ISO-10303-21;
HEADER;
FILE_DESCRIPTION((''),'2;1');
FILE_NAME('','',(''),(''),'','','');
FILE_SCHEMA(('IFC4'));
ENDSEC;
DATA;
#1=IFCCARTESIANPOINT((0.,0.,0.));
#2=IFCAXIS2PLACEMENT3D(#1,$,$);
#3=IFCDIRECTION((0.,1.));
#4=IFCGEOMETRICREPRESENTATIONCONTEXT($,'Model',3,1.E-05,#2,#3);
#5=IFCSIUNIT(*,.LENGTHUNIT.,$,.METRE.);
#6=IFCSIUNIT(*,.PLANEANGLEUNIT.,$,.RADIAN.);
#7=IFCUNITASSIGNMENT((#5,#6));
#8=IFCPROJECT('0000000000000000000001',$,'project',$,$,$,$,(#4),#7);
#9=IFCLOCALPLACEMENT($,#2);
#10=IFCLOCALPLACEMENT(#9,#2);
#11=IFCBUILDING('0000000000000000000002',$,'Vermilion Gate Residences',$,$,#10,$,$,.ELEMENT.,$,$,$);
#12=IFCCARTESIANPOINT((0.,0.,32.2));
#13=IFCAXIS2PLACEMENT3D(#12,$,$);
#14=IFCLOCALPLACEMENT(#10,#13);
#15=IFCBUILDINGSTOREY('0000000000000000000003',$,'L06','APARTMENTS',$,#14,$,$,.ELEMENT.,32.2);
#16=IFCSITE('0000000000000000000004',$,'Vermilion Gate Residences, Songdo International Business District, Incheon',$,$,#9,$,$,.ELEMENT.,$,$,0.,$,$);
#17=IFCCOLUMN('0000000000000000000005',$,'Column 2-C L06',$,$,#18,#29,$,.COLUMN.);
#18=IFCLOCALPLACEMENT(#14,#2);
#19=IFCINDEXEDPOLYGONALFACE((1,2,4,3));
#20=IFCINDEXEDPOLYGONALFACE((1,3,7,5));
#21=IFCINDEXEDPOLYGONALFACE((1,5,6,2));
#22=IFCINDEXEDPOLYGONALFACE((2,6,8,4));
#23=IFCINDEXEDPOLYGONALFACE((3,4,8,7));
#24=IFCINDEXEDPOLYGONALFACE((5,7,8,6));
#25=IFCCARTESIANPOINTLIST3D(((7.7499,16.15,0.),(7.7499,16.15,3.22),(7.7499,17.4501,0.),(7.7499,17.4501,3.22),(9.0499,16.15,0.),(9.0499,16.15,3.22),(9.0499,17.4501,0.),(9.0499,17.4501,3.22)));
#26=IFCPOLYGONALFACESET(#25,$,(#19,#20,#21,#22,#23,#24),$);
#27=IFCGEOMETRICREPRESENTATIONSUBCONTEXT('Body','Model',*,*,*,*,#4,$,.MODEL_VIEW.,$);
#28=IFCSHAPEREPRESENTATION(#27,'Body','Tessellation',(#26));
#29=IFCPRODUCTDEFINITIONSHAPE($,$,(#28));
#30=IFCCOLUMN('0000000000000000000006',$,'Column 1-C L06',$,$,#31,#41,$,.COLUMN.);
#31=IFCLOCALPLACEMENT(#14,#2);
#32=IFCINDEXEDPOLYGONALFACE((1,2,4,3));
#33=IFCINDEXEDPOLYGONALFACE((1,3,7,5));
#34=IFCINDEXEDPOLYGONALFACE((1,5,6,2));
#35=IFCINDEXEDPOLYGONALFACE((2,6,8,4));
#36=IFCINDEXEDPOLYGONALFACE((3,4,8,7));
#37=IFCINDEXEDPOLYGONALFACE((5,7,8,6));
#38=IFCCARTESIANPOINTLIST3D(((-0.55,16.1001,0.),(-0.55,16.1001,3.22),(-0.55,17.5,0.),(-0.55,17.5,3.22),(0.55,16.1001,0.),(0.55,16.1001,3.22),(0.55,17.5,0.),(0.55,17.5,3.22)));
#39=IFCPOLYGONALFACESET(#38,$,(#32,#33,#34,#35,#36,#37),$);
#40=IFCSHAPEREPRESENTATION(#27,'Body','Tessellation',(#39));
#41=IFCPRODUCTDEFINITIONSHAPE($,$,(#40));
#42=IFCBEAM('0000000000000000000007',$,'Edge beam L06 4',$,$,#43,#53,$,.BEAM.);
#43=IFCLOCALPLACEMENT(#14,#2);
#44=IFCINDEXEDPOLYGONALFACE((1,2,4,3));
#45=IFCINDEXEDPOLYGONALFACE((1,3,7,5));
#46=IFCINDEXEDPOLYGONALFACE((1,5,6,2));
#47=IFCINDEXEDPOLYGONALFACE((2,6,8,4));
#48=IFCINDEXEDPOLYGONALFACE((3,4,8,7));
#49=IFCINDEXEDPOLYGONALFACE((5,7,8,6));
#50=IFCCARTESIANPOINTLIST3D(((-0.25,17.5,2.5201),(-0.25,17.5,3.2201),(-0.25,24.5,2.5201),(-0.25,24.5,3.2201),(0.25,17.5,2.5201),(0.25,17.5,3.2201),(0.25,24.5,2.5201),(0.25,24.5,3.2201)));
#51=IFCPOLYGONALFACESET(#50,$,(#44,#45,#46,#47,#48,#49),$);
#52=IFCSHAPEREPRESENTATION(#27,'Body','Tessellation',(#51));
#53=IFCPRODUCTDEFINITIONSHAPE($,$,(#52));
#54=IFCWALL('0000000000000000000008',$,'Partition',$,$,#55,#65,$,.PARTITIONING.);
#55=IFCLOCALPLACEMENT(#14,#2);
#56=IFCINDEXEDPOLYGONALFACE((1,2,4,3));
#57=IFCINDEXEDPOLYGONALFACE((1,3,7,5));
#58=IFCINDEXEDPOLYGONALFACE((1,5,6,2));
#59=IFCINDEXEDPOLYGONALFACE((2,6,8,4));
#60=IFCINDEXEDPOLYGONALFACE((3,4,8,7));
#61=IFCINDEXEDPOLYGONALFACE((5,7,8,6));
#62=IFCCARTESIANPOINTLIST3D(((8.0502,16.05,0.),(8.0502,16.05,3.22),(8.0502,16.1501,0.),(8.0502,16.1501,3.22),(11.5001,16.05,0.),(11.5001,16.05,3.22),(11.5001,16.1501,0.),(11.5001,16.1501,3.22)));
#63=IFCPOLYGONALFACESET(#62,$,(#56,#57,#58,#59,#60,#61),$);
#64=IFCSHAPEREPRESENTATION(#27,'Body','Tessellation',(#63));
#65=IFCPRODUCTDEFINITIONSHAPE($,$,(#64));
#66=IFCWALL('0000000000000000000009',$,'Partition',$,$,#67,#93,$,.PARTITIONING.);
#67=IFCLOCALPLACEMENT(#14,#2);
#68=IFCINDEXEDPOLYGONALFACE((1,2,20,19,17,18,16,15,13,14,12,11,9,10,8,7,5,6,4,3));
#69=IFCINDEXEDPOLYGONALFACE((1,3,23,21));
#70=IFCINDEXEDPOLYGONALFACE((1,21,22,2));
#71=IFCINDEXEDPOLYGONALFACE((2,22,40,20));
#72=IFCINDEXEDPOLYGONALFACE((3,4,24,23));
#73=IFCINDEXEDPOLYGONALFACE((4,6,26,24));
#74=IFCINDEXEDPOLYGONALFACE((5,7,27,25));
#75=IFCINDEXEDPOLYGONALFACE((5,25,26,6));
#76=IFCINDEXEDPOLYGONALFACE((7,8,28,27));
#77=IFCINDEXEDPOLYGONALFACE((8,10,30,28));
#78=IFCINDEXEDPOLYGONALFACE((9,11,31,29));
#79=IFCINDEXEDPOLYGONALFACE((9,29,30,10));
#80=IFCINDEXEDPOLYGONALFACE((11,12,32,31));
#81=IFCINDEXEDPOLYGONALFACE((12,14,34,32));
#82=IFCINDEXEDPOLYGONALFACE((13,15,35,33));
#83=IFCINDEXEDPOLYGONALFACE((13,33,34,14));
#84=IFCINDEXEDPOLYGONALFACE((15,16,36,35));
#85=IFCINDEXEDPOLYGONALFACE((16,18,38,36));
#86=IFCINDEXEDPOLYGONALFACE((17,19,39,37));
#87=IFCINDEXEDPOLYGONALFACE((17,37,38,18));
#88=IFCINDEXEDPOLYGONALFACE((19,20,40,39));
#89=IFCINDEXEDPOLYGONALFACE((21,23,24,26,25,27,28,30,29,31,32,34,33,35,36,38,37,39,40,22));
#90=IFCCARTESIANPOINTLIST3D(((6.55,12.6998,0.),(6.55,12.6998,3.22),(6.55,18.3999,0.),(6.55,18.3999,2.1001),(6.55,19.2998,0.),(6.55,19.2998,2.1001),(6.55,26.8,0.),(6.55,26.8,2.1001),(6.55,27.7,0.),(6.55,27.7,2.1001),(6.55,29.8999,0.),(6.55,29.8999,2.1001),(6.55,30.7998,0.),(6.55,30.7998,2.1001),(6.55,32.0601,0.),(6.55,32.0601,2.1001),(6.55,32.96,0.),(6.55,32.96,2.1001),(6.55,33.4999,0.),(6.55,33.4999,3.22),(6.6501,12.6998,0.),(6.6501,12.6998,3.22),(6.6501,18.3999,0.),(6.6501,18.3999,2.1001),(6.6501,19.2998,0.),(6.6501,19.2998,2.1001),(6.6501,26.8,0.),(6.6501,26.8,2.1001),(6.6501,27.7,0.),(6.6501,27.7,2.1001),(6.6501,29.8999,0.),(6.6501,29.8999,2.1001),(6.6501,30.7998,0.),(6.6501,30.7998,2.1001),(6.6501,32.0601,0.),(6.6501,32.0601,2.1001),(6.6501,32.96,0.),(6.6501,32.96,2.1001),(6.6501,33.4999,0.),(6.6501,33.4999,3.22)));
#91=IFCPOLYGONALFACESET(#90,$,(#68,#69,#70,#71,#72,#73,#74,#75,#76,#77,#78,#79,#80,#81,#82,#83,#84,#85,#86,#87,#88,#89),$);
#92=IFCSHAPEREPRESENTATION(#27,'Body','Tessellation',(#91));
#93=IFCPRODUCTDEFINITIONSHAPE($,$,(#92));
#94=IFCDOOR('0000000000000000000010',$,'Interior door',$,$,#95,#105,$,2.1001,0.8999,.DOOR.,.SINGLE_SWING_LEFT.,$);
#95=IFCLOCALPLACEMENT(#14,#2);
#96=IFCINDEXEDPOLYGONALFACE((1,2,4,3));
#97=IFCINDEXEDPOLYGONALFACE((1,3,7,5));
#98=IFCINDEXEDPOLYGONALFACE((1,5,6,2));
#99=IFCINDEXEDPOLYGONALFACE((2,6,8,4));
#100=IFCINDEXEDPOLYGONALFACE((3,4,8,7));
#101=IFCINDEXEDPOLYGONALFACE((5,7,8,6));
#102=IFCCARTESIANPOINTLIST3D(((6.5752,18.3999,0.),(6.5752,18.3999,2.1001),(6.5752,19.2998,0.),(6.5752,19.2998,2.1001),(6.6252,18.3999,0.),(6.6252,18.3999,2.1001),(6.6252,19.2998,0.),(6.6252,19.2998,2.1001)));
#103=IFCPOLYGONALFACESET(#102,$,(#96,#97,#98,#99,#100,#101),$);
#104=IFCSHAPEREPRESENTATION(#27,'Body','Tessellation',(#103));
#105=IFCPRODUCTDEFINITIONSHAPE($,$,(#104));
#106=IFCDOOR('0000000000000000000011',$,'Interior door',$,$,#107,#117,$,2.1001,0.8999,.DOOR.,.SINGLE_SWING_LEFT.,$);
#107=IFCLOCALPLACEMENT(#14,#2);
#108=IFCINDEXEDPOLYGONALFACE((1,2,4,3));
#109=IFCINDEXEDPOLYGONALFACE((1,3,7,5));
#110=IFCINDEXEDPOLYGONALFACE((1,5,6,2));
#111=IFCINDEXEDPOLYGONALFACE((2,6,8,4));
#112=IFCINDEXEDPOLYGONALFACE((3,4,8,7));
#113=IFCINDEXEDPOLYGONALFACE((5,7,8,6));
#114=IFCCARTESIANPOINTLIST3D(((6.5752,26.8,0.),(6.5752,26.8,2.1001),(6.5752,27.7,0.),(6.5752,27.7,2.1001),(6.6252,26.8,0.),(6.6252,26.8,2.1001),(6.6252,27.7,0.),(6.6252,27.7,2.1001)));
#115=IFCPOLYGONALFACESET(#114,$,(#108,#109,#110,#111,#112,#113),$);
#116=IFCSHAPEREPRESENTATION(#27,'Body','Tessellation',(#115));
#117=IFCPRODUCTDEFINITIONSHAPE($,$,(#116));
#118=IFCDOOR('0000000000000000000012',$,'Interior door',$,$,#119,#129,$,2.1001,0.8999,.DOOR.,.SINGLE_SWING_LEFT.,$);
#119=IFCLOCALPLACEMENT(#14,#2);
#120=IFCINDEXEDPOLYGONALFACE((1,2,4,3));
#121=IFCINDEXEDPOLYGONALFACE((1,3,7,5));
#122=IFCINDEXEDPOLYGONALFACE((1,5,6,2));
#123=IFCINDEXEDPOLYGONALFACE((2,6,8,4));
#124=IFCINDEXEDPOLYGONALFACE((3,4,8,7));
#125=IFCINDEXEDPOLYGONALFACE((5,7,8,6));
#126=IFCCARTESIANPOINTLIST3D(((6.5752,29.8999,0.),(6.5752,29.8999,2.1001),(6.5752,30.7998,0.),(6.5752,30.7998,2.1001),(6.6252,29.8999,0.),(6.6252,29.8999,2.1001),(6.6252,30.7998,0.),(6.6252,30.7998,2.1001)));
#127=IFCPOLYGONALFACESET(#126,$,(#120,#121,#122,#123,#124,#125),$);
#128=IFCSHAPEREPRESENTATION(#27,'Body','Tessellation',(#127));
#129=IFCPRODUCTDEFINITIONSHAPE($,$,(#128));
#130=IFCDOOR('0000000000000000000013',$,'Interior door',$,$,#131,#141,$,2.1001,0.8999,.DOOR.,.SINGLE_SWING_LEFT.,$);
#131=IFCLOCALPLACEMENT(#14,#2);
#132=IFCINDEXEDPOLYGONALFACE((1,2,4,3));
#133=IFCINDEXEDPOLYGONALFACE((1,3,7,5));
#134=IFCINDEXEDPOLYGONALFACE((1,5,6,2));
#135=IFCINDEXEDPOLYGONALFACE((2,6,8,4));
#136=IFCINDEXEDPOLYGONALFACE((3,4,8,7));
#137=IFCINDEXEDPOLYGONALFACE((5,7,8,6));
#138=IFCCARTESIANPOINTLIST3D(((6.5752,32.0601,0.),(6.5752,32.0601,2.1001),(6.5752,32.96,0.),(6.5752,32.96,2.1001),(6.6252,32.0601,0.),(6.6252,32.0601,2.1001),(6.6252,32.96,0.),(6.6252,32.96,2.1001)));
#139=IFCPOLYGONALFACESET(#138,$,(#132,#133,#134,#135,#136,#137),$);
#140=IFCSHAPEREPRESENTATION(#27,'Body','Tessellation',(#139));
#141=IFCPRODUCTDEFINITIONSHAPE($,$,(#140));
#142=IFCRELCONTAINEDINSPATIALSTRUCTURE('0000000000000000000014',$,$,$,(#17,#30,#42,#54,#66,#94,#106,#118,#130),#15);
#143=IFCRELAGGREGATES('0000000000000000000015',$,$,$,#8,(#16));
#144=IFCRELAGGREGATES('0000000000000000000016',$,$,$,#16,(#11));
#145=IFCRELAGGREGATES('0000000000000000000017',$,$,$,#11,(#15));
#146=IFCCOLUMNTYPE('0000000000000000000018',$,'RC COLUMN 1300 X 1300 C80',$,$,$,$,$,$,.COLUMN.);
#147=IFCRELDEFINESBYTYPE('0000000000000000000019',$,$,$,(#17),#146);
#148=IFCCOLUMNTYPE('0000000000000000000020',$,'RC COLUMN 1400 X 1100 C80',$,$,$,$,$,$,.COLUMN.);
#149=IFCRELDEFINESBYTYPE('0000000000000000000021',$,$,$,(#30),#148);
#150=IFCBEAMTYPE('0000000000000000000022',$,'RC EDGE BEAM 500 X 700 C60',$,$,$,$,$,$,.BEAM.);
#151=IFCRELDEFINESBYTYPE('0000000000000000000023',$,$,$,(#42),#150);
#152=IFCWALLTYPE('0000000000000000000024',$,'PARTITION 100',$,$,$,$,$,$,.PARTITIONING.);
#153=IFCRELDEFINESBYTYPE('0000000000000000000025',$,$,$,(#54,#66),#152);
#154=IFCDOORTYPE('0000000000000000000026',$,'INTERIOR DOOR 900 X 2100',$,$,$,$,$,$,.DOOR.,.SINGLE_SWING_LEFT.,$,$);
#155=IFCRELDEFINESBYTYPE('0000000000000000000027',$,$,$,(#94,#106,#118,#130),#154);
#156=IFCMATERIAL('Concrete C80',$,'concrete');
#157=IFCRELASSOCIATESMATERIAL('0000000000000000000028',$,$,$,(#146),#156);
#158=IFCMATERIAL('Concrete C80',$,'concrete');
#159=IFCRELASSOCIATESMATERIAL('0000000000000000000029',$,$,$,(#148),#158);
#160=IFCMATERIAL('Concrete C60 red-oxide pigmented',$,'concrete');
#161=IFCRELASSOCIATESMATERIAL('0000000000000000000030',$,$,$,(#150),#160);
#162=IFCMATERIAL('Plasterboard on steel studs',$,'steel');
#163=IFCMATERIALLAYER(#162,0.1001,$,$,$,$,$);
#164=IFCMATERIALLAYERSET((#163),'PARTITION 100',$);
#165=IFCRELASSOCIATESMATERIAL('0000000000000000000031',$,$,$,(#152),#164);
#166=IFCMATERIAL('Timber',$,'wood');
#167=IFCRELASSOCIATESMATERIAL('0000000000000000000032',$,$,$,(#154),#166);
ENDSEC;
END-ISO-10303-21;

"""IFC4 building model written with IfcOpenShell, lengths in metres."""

from ifc_helpers import new_model, si_unit, direction, frame, frame_2d, origin, origin_2d, place, context, subcontext, project, spatial, rectangle, extrude, material, layer, layer_set, material_profile, profile_set, type_object, element, fill, save


model = new_model("IFC4")

# Units and contexts
model_context = context("Model", 3, precision=1e-05, world=origin(), true_north=direction((0.0, 1.0)))
body_context = subcontext(model_context, "Body", "Model", "MODEL_VIEW")
ifc_project = project(units=[si_unit("LENGTHUNIT", "METRE"), si_unit("PLANEANGLEUNIT", "RADIAN")], contexts=[model_context])

# Site, building, storey
site_placement = place(None, origin())
site = spatial("IfcSite", under=ifc_project, at=site_placement, Name="Vermilion Gate Residences, Songdo International Business District, Incheon", CompositionType="ELEMENT", RefElevation=0.0)
building_placement = place(site_placement, origin())
building = spatial("IfcBuilding", under=site, at=building_placement, Name="Vermilion Gate Residences", CompositionType="ELEMENT")
storey_placement = place(building_placement, frame((0.0, 0.0, 32.2)))
storey = spatial("IfcBuildingStorey", under=building, at=storey_placement, Name="L06", Description="APARTMENTS", CompositionType="ELEMENT", Elevation=32.2)

# Columns
ifc_material_1 = material(Name="Concrete C80", Category="concrete")
ifc_material_profile_1 = material_profile(ifc_material_1, rectangle(XDim=1.3, YDim=1.3, at=origin_2d()), Name="RC-1300x1300")
ifc_profile_set_1 = profile_set([ifc_material_profile_1], Name="Concrete C80")
column_type_1 = type_object("IfcColumnType", Name="RC COLUMN 1300 X 1300 C80", PredefinedType="COLUMN", material=ifc_profile_set_1)
column_1_placement = place(storey_placement, frame((8.3999, 16.8, 0.0), z_axis=(0.0, 0.0, 1.0), x_axis=(1.0, 0.0, 0.0)))
element("IfcColumn", 1, at=column_1_placement, inside=storey, type_object=column_type_1, Name="Column 2-C L06", PredefinedType="COLUMN", context=body_context, shape_type="SweptSolid", body=[
    extrude(rectangle(XDim=1.3, YDim=1.3, at=origin_2d()), origin(), (0.0, 0.0, 1.0), 3.22),
])
ifc_material_2 = material(Name="Concrete C80", Category="concrete")
ifc_material_profile_2 = material_profile(ifc_material_2, rectangle(XDim=1.3999, YDim=1.1001, at=origin_2d()), Name="RC-1400x1100")
ifc_profile_set_2 = profile_set([ifc_material_profile_2], Name="Concrete C80")
column_type_2 = type_object("IfcColumnType", Name="RC COLUMN 1400 X 1100 C80", PredefinedType="COLUMN", material=ifc_profile_set_2)
column_2_placement = place(storey_placement, frame((0.0, 16.8, 0.0), z_axis=(0.0, 0.0, 1.0), x_axis=(0.0, 1.0, 0.0)))
element("IfcColumn", 2, at=column_2_placement, inside=storey, type_object=column_type_2, Name="Column 1-C L06", PredefinedType="COLUMN", context=body_context, shape_type="SweptSolid", body=[
    extrude(rectangle(XDim=1.3999, YDim=1.1001, at=origin_2d()), origin(), (0.0, 0.0, 1.0), 3.22),
])

# Beam
ifc_material_3 = material(Name="Concrete C60 red-oxide pigmented", Category="concrete")
ifc_material_profile_3 = material_profile(ifc_material_3, rectangle(XDim=0.5, YDim=0.7, at=origin_2d()), Name="RC-500x700")
ifc_profile_set_3 = profile_set([ifc_material_profile_3], Name="Concrete C60 red-oxide pigmented")
beam_type = type_object("IfcBeamType", Name="RC EDGE BEAM 500 X 700 C60", PredefinedType="BEAM", material=ifc_profile_set_3)
beam_placement = place(storey_placement, frame((0.0, 17.5, 2.8701), z_axis=(0.0, 1.0, 0.0), x_axis=(-1.0, 0.0, 0.0)))
element("IfcBeam", 3, at=beam_placement, inside=storey, type_object=beam_type, Name="Edge beam L06 4", PredefinedType="BEAM", context=body_context, shape_type="SweptSolid", body=[
    extrude(rectangle(XDim=0.5, YDim=0.7, at=origin_2d()), origin(), (0.0, 0.0, 1.0), 7.0),
])

# Wall
ifc_material_4 = material(Name="Plasterboard on steel studs", Category="steel")
ifc_layer_1 = layer(ifc_material_4, 0.1001)
ifc_layer_set_1 = layer_set([ifc_layer_1], Name="PARTITION 100")
wall_type_1 = type_object("IfcWallType", Name="PARTITION 100", PredefinedType="PARTITIONING", material=ifc_layer_set_1)
wall_1_placement = place(storey_placement, frame((8.05, 16.1001, 0.0), z_axis=(0.0, 0.0, 1.0), x_axis=(1.0, 0.0, 0.0)))
element("IfcWall", 4, at=wall_1_placement, inside=storey, type_object=wall_type_1, Name="Partition", PredefinedType="PARTITIONING", context=body_context, shape_type="SweptSolid", body=[
    extrude(rectangle(XDim=3.45, YDim=0.1001, at=frame_2d((1.7251, 0.0))), origin(), (0.0, 0.0, 1.0), 3.22),
])

# Wall, openings, doors
wall_2_placement = place(storey_placement, frame((6.6001, 12.7, 0.0), z_axis=(0.0, 0.0, 1.0), x_axis=(0.0, 1.0, 0.0)))
wall_2 = element("IfcWall", 5, at=wall_2_placement, inside=storey, type_object=wall_type_1, Name="Partition", PredefinedType="PARTITIONING", context=body_context, shape_type="SweptSolid", body=[
    extrude(rectangle(XDim=20.8, YDim=0.1001, at=frame_2d((10.3999, 0.0))), origin(), (0.0, 0.0, 1.0), 3.22),
])
opening_1_placement = place(wall_2_placement, frame((5.7, 0.0, 0.0)))
opening_1 = element("IfcOpeningElement", 6, at=opening_1_placement, cuts=wall_2, PredefinedType="OPENING", context=body_context, shape_type="SweptSolid", body=[
    extrude(rectangle(XDim=0.8999, YDim=2.1001, at=frame_2d((0.45, 1.05))), frame((0.0, 0.0601, 0.0), z_axis=(0.0, -1.0, 0.0), x_axis=(1.0, 0.0, 0.0)), (0.0, 0.0, 1.0), 0.1201),
])
opening_2_placement = place(wall_2_placement, frame((14.1001, 0.0, 0.0)))
opening_2 = element("IfcOpeningElement", 7, at=opening_2_placement, cuts=wall_2, PredefinedType="OPENING", context=body_context, shape_type="SweptSolid", body=[
    extrude(rectangle(XDim=0.8999, YDim=2.1001, at=frame_2d((0.45, 1.05))), frame((0.0, 0.0601, 0.0), z_axis=(0.0, -1.0, 0.0), x_axis=(1.0, 0.0, 0.0)), (0.0, 0.0, 1.0), 0.1201),
])
opening_3_placement = place(wall_2_placement, frame((17.2, 0.0, 0.0)))
opening_3 = element("IfcOpeningElement", 8, at=opening_3_placement, cuts=wall_2, PredefinedType="OPENING", context=body_context, shape_type="SweptSolid", body=[
    extrude(rectangle(XDim=0.8999, YDim=2.1001, at=frame_2d((0.45, 1.05))), frame((0.0, 0.0601, 0.0), z_axis=(0.0, -1.0, 0.0), x_axis=(1.0, 0.0, 0.0)), (0.0, 0.0, 1.0), 0.1201),
])
opening_4_placement = place(wall_2_placement, frame((19.3601, 0.0, 0.0)))
opening_4 = element("IfcOpeningElement", 9, at=opening_4_placement, cuts=wall_2, PredefinedType="OPENING", context=body_context, shape_type="SweptSolid", body=[
    extrude(rectangle(XDim=0.8999, YDim=2.1001, at=frame_2d((0.45, 1.05))), frame((0.0, 0.0601, 0.0), z_axis=(0.0, -1.0, 0.0), x_axis=(1.0, 0.0, 0.0)), (0.0, 0.0, 1.0), 0.1201),
])
ifc_material_5 = material(Name="Timber", Category="wood")
door_type = type_object("IfcDoorType", Name="INTERIOR DOOR 900 X 2100", OperationType="SINGLE_SWING_LEFT", PredefinedType="DOOR", material=ifc_material_5)
door_1_placement = place(opening_1_placement, origin())
door_1 = element("IfcDoor", 10, at=door_1_placement, inside=storey, type_object=door_type, Name="Interior door", OperationType="SINGLE_SWING_LEFT", OverallHeight=2.1001, OverallWidth=0.8999, PredefinedType="DOOR", context=body_context, shape_type="SweptSolid", body=[
    extrude(rectangle(XDim=0.8999, YDim=2.1001, at=frame_2d((0.45, 1.05))), frame((0.0, 0.0249, 0.0), z_axis=(0.0, -1.0, 0.0), x_axis=(1.0, 0.0, 0.0)), (0.0, 0.0, 1.0), 0.05),
])
fill(opening_1, door_1)
door_2_placement = place(opening_2_placement, origin())
door_2 = element("IfcDoor", 11, at=door_2_placement, inside=storey, type_object=door_type, Name="Interior door", OperationType="SINGLE_SWING_LEFT", OverallHeight=2.1001, OverallWidth=0.8999, PredefinedType="DOOR", context=body_context, shape_type="SweptSolid", body=[
    extrude(rectangle(XDim=0.8999, YDim=2.1001, at=frame_2d((0.45, 1.05))), frame((0.0, 0.0249, 0.0), z_axis=(0.0, -1.0, 0.0), x_axis=(1.0, 0.0, 0.0)), (0.0, 0.0, 1.0), 0.05),
])
fill(opening_2, door_2)
door_3_placement = place(opening_3_placement, origin())
door_3 = element("IfcDoor", 12, at=door_3_placement, inside=storey, type_object=door_type, Name="Interior door", OperationType="SINGLE_SWING_LEFT", OverallHeight=2.1001, OverallWidth=0.8999, PredefinedType="DOOR", context=body_context, shape_type="SweptSolid", body=[
    extrude(rectangle(XDim=0.8999, YDim=2.1001, at=frame_2d((0.45, 1.05))), frame((0.0, 0.0249, 0.0), z_axis=(0.0, -1.0, 0.0), x_axis=(1.0, 0.0, 0.0)), (0.0, 0.0, 1.0), 0.05),
])
fill(opening_3, door_3)
door_4_placement = place(opening_4_placement, origin())
door_4 = element("IfcDoor", 13, at=door_4_placement, inside=storey, type_object=door_type, Name="Interior door", OperationType="SINGLE_SWING_LEFT", OverallHeight=2.1001, OverallWidth=0.8999, PredefinedType="DOOR", context=body_context, shape_type="SweptSolid", body=[
    extrude(rectangle(XDim=0.8999, YDim=2.1001, at=frame_2d((0.45, 1.05))), frame((0.0, 0.0249, 0.0), z_axis=(0.0, -1.0, 0.0), x_axis=(1.0, 0.0, 0.0)), (0.0, 0.0, 1.0), 0.05),
])
fill(opening_4, door_4)

save(model, "model.ifc")
